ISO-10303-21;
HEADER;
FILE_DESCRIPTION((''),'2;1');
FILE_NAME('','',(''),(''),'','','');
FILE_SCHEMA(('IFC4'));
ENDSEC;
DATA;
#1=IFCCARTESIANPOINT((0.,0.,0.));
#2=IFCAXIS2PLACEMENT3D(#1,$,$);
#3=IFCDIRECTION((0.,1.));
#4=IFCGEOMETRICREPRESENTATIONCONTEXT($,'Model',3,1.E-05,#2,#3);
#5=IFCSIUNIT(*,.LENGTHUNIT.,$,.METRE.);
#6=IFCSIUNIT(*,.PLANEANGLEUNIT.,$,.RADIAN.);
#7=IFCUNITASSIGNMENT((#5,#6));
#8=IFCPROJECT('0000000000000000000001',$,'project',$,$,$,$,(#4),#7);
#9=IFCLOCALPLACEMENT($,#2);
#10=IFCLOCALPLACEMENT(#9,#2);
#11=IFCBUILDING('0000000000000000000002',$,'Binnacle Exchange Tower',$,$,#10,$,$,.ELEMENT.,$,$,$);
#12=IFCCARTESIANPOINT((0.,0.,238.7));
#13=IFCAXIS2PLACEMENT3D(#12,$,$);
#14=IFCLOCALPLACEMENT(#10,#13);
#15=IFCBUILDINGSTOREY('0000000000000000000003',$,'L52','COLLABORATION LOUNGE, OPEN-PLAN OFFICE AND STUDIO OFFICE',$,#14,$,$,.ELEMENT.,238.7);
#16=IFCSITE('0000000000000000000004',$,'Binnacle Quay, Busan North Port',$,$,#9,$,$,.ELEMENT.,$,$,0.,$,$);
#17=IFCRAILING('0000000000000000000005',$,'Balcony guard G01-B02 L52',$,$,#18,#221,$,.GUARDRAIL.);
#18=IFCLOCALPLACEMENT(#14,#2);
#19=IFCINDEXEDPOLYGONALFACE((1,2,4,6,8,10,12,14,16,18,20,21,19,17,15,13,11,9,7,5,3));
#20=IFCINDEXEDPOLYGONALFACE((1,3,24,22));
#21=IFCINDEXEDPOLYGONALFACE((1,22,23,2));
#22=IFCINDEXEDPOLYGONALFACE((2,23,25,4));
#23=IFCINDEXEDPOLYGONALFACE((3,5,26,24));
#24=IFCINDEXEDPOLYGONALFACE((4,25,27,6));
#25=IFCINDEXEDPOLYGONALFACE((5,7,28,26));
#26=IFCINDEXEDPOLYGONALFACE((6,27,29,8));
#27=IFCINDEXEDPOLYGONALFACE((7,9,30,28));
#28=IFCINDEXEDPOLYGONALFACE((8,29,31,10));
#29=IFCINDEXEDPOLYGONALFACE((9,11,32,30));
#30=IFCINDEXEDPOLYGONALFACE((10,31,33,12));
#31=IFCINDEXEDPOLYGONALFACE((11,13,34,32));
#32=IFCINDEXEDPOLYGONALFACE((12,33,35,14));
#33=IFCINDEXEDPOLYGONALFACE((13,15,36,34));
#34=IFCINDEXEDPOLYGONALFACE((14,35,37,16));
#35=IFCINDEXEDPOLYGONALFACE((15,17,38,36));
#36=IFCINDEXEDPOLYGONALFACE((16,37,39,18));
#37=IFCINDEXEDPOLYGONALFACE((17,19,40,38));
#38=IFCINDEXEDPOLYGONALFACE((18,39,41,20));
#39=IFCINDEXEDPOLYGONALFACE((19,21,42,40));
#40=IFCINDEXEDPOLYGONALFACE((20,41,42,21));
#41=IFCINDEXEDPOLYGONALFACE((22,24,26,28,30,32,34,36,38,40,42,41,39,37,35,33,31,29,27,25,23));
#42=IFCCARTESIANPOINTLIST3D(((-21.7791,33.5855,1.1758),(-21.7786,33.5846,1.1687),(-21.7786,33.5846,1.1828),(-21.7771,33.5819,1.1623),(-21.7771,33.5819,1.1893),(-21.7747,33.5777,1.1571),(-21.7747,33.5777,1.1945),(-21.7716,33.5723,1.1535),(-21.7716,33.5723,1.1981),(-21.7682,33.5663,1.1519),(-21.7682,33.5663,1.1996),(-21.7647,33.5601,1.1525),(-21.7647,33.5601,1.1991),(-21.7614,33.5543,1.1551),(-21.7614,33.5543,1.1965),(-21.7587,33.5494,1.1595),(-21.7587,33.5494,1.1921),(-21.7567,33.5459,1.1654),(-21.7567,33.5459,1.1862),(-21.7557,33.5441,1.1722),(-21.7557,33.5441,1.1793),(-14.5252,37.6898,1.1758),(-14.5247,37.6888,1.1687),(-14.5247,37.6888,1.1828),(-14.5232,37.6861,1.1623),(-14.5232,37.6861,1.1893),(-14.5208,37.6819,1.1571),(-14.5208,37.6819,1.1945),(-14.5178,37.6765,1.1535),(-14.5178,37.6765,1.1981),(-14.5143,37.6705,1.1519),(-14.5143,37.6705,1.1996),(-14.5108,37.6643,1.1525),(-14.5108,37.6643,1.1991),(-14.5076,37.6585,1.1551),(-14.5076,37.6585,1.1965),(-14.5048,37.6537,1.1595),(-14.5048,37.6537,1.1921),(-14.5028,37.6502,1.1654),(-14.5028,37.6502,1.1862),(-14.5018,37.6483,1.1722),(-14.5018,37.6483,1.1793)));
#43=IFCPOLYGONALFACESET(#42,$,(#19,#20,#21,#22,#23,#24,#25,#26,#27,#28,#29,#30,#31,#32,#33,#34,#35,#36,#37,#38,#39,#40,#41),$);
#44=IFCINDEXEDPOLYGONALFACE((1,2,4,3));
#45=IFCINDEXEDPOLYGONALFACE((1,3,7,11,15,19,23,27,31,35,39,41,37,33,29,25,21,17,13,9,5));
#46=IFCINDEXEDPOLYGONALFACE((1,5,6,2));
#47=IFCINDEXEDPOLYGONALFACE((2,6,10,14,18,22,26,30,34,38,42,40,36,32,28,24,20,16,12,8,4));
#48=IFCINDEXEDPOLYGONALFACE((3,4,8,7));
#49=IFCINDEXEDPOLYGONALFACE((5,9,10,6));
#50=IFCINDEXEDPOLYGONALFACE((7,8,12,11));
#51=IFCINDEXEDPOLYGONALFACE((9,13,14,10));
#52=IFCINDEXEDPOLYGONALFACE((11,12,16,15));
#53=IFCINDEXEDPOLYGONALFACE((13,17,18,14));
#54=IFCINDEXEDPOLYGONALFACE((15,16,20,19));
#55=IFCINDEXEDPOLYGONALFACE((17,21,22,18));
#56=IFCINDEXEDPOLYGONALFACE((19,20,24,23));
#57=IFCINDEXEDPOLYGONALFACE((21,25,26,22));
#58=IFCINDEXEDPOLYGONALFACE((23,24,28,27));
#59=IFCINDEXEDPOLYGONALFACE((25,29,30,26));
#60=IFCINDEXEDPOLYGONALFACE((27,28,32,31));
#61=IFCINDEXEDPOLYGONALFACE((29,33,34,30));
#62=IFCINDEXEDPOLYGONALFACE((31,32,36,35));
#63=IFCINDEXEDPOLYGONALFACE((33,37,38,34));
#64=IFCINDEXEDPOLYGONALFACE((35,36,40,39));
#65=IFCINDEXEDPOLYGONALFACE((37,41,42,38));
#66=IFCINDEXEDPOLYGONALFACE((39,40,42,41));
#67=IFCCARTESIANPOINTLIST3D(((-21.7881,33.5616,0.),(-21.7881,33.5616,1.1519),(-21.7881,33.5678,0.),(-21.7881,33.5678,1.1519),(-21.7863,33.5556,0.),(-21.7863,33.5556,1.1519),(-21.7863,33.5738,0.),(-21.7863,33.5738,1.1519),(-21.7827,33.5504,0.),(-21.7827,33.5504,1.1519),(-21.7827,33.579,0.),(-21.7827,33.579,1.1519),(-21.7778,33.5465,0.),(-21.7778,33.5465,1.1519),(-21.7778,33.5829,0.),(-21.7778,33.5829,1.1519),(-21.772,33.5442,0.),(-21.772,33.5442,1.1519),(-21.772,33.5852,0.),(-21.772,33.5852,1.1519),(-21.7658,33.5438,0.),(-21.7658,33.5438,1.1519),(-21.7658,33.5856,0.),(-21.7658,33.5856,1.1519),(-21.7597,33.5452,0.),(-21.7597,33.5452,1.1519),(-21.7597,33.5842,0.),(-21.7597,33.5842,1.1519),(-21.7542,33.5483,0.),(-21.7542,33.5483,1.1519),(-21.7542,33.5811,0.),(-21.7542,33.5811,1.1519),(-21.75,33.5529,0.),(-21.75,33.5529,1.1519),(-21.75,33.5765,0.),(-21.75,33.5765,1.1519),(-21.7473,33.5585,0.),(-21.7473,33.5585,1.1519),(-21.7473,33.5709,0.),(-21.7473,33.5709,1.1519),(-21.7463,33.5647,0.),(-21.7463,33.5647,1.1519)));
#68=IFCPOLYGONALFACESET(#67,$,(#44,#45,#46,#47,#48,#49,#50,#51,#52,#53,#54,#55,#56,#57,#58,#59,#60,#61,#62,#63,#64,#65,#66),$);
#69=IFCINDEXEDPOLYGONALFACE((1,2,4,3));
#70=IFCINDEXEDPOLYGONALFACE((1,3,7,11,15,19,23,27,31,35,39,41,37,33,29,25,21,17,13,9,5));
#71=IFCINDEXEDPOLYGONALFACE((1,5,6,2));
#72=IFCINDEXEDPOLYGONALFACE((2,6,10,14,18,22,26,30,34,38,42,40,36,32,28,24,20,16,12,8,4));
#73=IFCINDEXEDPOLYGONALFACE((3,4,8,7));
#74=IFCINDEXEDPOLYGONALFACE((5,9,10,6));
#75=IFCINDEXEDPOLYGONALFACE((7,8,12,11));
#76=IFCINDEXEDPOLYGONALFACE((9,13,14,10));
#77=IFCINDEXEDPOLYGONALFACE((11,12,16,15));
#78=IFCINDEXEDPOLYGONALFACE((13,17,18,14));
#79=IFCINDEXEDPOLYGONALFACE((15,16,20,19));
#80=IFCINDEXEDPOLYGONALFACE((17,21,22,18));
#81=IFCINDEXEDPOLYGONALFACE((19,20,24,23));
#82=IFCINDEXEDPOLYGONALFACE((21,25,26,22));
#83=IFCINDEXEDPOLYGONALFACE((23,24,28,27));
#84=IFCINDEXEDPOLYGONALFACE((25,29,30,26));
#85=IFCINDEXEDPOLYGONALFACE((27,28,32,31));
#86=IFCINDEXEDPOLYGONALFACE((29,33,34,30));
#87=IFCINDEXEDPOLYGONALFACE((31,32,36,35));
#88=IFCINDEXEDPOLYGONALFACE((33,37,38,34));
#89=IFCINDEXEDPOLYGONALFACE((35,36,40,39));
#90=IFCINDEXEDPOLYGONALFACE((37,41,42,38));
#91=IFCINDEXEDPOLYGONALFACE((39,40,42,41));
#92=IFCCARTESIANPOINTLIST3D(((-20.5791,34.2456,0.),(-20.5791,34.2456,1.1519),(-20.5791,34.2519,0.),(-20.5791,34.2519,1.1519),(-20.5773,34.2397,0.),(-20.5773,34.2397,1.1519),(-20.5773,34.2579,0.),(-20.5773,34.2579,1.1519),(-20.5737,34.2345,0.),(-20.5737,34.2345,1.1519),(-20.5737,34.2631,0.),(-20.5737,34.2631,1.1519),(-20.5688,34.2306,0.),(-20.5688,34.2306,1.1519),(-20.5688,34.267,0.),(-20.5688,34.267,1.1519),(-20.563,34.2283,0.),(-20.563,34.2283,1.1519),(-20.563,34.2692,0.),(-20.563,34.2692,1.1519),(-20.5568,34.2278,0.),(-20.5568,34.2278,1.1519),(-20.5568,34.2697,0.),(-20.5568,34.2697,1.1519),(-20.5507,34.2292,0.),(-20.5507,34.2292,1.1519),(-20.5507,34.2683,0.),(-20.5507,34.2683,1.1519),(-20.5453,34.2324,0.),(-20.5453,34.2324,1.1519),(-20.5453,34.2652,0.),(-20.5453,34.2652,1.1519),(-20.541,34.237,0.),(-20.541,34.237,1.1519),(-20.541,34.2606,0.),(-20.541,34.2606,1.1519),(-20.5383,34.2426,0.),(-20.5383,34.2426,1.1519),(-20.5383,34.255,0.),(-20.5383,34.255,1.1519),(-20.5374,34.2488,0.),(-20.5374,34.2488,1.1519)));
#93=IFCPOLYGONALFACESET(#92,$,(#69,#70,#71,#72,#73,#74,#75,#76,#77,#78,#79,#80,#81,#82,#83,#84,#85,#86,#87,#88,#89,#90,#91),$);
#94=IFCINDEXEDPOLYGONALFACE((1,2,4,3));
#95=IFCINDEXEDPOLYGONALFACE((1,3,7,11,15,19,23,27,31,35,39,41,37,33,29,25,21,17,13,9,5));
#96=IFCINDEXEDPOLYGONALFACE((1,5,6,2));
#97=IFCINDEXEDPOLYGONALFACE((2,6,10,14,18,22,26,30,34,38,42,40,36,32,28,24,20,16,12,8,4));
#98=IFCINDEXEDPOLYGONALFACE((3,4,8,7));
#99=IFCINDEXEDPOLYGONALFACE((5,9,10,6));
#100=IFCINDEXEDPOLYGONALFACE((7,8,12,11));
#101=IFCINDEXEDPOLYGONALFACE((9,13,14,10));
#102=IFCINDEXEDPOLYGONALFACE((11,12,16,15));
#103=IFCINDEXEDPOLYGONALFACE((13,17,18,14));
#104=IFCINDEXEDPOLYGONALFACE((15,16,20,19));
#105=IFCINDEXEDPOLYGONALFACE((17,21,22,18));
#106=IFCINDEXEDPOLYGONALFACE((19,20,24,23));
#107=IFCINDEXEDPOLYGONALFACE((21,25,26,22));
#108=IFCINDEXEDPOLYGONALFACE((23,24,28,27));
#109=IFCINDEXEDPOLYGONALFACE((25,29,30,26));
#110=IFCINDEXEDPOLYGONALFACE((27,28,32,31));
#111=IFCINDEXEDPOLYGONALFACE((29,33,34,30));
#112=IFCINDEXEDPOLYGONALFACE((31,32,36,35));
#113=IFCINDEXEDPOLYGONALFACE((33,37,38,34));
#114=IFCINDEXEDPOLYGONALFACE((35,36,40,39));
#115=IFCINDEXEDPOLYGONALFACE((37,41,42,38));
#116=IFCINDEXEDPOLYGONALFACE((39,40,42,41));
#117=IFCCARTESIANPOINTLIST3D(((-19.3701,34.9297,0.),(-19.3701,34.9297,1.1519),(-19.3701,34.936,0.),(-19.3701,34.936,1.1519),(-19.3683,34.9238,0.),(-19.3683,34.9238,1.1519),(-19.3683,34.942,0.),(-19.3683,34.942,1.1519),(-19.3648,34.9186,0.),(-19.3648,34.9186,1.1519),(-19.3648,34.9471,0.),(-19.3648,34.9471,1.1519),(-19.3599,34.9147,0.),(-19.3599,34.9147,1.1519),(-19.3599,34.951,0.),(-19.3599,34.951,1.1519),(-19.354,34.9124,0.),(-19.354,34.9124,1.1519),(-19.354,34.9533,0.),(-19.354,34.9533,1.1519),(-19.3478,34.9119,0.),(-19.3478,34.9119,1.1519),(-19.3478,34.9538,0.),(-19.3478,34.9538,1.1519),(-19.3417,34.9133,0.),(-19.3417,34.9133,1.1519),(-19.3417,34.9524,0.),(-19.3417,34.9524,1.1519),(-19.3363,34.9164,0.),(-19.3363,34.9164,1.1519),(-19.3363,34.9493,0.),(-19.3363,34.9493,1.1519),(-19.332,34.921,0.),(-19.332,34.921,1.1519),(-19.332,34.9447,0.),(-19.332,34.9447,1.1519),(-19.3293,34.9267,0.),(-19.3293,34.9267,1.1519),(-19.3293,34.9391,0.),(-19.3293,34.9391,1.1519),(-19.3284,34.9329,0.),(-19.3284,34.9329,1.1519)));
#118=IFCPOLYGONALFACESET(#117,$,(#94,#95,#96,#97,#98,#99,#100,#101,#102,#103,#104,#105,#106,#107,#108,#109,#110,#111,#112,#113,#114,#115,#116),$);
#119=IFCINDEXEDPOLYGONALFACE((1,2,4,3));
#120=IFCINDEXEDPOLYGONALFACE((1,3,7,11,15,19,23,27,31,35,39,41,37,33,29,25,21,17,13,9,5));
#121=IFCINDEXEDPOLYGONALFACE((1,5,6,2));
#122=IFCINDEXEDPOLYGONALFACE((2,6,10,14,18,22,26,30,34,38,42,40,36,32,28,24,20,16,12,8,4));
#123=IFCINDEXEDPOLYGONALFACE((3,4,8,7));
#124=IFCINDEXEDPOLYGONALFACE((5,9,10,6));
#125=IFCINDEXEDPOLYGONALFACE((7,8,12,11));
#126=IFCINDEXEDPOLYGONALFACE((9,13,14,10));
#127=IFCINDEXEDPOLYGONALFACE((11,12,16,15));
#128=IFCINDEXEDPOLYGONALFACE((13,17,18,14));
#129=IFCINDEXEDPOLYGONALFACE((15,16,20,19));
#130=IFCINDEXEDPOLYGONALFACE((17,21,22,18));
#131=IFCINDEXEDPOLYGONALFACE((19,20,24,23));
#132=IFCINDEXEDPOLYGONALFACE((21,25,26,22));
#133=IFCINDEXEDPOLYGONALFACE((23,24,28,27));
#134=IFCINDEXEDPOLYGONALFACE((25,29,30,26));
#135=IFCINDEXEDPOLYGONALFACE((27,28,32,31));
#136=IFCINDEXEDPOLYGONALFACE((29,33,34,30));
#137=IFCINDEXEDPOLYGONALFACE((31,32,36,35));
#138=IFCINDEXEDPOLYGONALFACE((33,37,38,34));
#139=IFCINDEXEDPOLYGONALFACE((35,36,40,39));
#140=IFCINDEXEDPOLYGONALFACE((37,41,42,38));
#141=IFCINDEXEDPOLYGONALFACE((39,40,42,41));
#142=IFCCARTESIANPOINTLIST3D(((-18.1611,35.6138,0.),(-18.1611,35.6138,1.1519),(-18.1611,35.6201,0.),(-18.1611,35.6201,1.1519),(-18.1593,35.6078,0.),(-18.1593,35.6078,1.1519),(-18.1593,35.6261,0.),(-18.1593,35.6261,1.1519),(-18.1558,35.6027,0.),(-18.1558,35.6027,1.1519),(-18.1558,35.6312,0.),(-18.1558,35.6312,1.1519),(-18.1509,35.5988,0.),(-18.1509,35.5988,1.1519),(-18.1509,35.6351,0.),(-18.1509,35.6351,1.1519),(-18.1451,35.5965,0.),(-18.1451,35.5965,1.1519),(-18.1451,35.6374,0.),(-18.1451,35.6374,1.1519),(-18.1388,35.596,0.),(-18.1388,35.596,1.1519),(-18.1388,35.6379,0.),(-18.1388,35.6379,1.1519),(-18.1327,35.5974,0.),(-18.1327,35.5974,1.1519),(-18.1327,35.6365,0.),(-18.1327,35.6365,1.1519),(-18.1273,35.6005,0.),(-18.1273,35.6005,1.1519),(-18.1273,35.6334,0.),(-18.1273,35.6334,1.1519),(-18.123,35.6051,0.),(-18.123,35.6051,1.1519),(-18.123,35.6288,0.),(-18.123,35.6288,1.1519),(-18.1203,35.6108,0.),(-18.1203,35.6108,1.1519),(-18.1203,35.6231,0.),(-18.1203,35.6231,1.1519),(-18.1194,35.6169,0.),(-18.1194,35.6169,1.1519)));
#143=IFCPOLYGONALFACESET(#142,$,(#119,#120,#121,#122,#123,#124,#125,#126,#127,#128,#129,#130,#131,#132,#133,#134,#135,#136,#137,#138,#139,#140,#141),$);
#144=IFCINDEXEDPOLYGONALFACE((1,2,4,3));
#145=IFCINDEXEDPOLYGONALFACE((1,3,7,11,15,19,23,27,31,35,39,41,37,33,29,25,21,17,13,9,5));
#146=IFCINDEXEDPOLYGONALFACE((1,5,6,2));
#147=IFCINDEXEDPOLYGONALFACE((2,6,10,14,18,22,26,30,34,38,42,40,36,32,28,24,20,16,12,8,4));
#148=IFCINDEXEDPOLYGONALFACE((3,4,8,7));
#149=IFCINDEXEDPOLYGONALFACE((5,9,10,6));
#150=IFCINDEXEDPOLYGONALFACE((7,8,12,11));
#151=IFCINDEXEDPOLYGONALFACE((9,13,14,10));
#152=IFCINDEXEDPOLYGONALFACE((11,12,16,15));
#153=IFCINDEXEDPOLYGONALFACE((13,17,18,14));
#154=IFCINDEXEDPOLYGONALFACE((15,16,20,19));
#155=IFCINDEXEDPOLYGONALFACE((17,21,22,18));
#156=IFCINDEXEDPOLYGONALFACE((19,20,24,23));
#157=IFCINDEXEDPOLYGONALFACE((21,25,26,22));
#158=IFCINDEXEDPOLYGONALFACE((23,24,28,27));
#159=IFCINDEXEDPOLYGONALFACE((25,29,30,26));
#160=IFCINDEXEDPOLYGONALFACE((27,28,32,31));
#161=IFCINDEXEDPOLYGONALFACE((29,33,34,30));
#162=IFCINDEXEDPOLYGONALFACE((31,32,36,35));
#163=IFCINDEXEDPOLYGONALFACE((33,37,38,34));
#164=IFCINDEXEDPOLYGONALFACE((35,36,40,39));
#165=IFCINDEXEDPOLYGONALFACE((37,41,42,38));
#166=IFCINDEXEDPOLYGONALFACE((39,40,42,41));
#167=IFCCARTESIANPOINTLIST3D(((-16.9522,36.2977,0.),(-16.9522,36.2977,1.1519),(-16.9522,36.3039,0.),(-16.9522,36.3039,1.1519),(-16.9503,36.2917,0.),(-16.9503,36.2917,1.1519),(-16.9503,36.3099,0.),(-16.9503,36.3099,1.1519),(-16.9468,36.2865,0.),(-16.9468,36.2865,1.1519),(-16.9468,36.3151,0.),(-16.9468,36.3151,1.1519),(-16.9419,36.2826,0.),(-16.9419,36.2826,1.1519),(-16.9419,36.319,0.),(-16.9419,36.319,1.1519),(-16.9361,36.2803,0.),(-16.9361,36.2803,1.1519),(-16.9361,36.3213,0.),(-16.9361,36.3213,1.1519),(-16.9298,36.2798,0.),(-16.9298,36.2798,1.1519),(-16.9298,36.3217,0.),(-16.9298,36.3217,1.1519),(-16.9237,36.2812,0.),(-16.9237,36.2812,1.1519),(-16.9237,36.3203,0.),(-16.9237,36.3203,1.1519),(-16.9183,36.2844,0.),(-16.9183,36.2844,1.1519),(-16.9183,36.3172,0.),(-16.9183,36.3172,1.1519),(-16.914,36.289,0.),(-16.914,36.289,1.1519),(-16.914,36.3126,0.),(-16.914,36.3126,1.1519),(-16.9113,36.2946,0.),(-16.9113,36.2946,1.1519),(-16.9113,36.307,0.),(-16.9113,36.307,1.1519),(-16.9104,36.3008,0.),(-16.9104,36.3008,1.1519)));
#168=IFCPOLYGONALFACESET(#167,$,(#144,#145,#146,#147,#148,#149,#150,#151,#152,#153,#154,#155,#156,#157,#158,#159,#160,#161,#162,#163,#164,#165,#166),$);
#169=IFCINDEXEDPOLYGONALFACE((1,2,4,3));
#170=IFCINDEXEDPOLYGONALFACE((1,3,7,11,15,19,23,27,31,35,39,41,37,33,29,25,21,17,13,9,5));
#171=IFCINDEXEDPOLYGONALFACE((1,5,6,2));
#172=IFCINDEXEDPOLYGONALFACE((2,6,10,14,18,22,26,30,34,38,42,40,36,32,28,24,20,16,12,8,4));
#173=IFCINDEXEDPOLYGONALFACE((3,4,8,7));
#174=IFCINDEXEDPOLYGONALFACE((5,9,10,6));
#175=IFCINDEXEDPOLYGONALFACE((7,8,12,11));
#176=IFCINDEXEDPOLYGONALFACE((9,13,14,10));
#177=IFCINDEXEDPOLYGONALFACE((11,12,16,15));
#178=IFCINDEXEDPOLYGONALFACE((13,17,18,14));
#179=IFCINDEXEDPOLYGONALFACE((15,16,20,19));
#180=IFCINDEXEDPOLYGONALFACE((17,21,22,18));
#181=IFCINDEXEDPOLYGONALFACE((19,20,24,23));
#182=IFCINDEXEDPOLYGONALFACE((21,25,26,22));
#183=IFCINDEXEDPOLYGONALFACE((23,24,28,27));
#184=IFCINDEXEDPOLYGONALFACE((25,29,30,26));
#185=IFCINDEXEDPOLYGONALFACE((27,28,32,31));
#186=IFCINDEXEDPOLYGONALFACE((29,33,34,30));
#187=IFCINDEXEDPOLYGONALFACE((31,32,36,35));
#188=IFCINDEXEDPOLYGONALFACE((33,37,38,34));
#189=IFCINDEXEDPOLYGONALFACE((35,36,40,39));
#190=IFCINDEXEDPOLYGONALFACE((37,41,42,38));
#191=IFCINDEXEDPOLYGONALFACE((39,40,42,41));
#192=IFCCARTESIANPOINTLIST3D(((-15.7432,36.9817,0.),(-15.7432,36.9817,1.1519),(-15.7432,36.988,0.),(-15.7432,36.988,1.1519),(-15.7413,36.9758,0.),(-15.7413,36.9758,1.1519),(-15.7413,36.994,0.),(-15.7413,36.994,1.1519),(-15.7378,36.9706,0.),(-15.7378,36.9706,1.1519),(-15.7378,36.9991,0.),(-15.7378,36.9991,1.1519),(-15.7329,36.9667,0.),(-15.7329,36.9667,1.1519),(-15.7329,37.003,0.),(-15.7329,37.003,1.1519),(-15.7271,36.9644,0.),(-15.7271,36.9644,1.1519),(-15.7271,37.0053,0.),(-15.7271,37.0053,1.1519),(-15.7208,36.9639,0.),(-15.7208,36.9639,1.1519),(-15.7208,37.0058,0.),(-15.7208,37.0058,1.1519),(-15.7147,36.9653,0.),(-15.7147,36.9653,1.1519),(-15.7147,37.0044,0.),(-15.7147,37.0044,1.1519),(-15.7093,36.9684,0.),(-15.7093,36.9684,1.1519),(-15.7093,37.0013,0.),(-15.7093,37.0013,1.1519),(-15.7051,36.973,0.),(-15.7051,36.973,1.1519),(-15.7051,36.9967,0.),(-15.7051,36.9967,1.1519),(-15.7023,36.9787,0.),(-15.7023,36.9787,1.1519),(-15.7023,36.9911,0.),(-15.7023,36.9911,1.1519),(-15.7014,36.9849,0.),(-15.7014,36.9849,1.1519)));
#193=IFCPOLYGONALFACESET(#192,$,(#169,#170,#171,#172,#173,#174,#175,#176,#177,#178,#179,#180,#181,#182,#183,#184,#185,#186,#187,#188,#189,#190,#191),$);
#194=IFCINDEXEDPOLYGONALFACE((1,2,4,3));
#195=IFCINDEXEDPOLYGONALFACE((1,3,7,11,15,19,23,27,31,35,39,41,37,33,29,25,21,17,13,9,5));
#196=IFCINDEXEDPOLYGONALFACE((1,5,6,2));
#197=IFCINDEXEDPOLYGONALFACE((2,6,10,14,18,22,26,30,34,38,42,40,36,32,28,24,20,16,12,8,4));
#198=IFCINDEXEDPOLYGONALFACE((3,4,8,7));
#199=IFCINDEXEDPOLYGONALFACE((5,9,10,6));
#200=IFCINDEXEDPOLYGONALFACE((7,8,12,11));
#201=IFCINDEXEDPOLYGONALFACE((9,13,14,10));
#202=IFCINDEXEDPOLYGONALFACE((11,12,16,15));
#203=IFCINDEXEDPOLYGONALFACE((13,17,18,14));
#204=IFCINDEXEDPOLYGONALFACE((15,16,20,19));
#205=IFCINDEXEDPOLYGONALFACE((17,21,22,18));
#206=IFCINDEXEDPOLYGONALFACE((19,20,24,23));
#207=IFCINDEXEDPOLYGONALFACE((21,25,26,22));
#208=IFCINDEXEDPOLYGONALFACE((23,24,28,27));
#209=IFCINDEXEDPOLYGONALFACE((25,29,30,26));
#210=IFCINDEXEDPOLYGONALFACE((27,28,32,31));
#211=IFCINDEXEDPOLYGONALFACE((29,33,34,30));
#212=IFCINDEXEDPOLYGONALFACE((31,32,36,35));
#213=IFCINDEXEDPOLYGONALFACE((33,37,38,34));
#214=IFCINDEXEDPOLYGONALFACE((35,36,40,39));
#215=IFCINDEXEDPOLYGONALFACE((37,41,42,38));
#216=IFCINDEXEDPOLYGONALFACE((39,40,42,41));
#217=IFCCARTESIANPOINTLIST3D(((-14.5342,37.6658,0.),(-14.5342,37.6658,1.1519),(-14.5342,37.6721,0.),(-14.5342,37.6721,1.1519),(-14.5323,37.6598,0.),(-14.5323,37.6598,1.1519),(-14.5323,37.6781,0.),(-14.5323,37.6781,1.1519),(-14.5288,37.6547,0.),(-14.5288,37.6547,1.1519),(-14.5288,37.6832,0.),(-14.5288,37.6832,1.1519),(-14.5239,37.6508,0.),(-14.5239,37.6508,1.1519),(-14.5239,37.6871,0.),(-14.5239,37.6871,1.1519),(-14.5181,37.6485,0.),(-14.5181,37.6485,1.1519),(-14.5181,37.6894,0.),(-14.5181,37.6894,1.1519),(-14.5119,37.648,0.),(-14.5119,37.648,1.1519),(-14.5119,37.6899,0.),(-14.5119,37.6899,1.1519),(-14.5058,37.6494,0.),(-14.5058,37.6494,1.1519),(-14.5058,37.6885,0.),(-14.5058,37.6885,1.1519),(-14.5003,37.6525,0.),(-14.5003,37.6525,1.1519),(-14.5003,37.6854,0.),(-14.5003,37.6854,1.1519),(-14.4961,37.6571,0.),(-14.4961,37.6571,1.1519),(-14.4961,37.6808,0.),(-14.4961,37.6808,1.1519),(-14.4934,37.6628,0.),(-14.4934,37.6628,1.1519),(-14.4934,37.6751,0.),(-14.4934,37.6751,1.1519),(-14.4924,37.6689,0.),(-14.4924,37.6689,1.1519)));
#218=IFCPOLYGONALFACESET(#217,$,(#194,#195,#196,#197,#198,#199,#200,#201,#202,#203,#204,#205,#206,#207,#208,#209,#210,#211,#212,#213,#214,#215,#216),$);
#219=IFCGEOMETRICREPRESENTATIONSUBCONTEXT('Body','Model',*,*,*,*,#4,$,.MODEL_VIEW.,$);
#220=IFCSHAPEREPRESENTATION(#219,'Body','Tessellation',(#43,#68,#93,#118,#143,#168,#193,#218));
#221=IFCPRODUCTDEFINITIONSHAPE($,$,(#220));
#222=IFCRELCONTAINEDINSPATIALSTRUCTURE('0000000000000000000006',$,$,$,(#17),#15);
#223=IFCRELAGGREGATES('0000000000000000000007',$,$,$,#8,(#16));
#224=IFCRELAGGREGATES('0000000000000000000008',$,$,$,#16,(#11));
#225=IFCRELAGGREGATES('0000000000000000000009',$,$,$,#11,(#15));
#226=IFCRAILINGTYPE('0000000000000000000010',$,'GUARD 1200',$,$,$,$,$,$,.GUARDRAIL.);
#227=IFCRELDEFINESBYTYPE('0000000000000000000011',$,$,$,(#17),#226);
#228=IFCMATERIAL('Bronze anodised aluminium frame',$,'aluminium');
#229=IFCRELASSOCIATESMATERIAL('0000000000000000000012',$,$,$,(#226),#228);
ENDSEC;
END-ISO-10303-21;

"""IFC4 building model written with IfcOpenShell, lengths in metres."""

from ifc_helpers import new_model, si_unit, direction, frame, origin, origin_2d, place, context, subcontext, project, spatial, circle, extrude, material, type_object, element, save


model = new_model("IFC4")

# Units and contexts
model_context = context("Model", 3, precision=1e-05, world=origin(), true_north=direction((0.0, 1.0)))
body_context = subcontext(model_context, "Body", "Model", "MODEL_VIEW")
ifc_project = project(units=[si_unit("LENGTHUNIT", "METRE"), si_unit("PLANEANGLEUNIT", "RADIAN")], contexts=[model_context])

# Site, building, storey
site_placement = place(None, origin())
site = spatial("IfcSite", under=ifc_project, at=site_placement, Name="Binnacle Quay, Busan North Port", CompositionType="ELEMENT", RefElevation=0.0)
building_placement = place(site_placement, origin())
building = spatial("IfcBuilding", under=site, at=building_placement, Name="Binnacle Exchange Tower", CompositionType="ELEMENT")
storey_placement = place(building_placement, frame((0.0, 0.0, 238.7)))
storey = spatial("IfcBuildingStorey", under=building, at=storey_placement, Name="L52", Description="COLLABORATION LOUNGE, OPEN-PLAN OFFICE AND STUDIO OFFICE", CompositionType="ELEMENT", Elevation=238.7)

# Railing
ifc_material_1 = material(Name="Bronze anodised aluminium frame", Category="aluminium")
railing_type = type_object("IfcRailingType", Name="GUARD 1200", PredefinedType="GUARDRAIL", material=ifc_material_1)
railing_placement = place(storey_placement, frame((-21.7673, 33.5647, 0.0)))
element("IfcRailing", 1, at=railing_placement, inside=storey, type_object=railing_type, Name="Balcony guard G01-B02 L52", PredefinedType="GUARDRAIL", context=body_context, shape_type="SweptSolid", body=[
    extrude(circle(Radius=0.0239, at=origin_2d()), frame((0.0, 0.0, 1.1758), z_axis=(0.870346, 0.49244, 0.0), x_axis=(-0.49244, 0.870346, 0.0)), (0.0, 0.0, 1.0), 8.3345),
    extrude(circle(Radius=0.021, at=origin_2d()), origin(), (0.0, 0.0, 1.0), 1.1519),
    extrude(circle(Radius=0.021, at=origin_2d()), frame((1.209, 0.6841, 0.0)), (0.0, 0.0, 1.0), 1.1519),
    extrude(circle(Radius=0.021, at=origin_2d()), frame((2.418, 1.3682, 0.0)), (0.0, 0.0, 1.0), 1.1519),
    extrude(circle(Radius=0.021, at=origin_2d()), frame((3.627, 2.0522, 0.0)), (0.0, 0.0, 1.0), 1.1519),
    extrude(circle(Radius=0.021, at=origin_2d()), frame((4.8359, 2.7361, 0.0)), (0.0, 0.0, 1.0), 1.1519),
    extrude(circle(Radius=0.021, at=origin_2d()), frame((6.0449, 3.4202, 0.0)), (0.0, 0.0, 1.0), 1.1519),
    extrude(circle(Radius=0.021, at=origin_2d()), frame((7.2539, 4.1042, 0.0)), (0.0, 0.0, 1.0), 1.1519),
])

save(model, "model.ifc")
